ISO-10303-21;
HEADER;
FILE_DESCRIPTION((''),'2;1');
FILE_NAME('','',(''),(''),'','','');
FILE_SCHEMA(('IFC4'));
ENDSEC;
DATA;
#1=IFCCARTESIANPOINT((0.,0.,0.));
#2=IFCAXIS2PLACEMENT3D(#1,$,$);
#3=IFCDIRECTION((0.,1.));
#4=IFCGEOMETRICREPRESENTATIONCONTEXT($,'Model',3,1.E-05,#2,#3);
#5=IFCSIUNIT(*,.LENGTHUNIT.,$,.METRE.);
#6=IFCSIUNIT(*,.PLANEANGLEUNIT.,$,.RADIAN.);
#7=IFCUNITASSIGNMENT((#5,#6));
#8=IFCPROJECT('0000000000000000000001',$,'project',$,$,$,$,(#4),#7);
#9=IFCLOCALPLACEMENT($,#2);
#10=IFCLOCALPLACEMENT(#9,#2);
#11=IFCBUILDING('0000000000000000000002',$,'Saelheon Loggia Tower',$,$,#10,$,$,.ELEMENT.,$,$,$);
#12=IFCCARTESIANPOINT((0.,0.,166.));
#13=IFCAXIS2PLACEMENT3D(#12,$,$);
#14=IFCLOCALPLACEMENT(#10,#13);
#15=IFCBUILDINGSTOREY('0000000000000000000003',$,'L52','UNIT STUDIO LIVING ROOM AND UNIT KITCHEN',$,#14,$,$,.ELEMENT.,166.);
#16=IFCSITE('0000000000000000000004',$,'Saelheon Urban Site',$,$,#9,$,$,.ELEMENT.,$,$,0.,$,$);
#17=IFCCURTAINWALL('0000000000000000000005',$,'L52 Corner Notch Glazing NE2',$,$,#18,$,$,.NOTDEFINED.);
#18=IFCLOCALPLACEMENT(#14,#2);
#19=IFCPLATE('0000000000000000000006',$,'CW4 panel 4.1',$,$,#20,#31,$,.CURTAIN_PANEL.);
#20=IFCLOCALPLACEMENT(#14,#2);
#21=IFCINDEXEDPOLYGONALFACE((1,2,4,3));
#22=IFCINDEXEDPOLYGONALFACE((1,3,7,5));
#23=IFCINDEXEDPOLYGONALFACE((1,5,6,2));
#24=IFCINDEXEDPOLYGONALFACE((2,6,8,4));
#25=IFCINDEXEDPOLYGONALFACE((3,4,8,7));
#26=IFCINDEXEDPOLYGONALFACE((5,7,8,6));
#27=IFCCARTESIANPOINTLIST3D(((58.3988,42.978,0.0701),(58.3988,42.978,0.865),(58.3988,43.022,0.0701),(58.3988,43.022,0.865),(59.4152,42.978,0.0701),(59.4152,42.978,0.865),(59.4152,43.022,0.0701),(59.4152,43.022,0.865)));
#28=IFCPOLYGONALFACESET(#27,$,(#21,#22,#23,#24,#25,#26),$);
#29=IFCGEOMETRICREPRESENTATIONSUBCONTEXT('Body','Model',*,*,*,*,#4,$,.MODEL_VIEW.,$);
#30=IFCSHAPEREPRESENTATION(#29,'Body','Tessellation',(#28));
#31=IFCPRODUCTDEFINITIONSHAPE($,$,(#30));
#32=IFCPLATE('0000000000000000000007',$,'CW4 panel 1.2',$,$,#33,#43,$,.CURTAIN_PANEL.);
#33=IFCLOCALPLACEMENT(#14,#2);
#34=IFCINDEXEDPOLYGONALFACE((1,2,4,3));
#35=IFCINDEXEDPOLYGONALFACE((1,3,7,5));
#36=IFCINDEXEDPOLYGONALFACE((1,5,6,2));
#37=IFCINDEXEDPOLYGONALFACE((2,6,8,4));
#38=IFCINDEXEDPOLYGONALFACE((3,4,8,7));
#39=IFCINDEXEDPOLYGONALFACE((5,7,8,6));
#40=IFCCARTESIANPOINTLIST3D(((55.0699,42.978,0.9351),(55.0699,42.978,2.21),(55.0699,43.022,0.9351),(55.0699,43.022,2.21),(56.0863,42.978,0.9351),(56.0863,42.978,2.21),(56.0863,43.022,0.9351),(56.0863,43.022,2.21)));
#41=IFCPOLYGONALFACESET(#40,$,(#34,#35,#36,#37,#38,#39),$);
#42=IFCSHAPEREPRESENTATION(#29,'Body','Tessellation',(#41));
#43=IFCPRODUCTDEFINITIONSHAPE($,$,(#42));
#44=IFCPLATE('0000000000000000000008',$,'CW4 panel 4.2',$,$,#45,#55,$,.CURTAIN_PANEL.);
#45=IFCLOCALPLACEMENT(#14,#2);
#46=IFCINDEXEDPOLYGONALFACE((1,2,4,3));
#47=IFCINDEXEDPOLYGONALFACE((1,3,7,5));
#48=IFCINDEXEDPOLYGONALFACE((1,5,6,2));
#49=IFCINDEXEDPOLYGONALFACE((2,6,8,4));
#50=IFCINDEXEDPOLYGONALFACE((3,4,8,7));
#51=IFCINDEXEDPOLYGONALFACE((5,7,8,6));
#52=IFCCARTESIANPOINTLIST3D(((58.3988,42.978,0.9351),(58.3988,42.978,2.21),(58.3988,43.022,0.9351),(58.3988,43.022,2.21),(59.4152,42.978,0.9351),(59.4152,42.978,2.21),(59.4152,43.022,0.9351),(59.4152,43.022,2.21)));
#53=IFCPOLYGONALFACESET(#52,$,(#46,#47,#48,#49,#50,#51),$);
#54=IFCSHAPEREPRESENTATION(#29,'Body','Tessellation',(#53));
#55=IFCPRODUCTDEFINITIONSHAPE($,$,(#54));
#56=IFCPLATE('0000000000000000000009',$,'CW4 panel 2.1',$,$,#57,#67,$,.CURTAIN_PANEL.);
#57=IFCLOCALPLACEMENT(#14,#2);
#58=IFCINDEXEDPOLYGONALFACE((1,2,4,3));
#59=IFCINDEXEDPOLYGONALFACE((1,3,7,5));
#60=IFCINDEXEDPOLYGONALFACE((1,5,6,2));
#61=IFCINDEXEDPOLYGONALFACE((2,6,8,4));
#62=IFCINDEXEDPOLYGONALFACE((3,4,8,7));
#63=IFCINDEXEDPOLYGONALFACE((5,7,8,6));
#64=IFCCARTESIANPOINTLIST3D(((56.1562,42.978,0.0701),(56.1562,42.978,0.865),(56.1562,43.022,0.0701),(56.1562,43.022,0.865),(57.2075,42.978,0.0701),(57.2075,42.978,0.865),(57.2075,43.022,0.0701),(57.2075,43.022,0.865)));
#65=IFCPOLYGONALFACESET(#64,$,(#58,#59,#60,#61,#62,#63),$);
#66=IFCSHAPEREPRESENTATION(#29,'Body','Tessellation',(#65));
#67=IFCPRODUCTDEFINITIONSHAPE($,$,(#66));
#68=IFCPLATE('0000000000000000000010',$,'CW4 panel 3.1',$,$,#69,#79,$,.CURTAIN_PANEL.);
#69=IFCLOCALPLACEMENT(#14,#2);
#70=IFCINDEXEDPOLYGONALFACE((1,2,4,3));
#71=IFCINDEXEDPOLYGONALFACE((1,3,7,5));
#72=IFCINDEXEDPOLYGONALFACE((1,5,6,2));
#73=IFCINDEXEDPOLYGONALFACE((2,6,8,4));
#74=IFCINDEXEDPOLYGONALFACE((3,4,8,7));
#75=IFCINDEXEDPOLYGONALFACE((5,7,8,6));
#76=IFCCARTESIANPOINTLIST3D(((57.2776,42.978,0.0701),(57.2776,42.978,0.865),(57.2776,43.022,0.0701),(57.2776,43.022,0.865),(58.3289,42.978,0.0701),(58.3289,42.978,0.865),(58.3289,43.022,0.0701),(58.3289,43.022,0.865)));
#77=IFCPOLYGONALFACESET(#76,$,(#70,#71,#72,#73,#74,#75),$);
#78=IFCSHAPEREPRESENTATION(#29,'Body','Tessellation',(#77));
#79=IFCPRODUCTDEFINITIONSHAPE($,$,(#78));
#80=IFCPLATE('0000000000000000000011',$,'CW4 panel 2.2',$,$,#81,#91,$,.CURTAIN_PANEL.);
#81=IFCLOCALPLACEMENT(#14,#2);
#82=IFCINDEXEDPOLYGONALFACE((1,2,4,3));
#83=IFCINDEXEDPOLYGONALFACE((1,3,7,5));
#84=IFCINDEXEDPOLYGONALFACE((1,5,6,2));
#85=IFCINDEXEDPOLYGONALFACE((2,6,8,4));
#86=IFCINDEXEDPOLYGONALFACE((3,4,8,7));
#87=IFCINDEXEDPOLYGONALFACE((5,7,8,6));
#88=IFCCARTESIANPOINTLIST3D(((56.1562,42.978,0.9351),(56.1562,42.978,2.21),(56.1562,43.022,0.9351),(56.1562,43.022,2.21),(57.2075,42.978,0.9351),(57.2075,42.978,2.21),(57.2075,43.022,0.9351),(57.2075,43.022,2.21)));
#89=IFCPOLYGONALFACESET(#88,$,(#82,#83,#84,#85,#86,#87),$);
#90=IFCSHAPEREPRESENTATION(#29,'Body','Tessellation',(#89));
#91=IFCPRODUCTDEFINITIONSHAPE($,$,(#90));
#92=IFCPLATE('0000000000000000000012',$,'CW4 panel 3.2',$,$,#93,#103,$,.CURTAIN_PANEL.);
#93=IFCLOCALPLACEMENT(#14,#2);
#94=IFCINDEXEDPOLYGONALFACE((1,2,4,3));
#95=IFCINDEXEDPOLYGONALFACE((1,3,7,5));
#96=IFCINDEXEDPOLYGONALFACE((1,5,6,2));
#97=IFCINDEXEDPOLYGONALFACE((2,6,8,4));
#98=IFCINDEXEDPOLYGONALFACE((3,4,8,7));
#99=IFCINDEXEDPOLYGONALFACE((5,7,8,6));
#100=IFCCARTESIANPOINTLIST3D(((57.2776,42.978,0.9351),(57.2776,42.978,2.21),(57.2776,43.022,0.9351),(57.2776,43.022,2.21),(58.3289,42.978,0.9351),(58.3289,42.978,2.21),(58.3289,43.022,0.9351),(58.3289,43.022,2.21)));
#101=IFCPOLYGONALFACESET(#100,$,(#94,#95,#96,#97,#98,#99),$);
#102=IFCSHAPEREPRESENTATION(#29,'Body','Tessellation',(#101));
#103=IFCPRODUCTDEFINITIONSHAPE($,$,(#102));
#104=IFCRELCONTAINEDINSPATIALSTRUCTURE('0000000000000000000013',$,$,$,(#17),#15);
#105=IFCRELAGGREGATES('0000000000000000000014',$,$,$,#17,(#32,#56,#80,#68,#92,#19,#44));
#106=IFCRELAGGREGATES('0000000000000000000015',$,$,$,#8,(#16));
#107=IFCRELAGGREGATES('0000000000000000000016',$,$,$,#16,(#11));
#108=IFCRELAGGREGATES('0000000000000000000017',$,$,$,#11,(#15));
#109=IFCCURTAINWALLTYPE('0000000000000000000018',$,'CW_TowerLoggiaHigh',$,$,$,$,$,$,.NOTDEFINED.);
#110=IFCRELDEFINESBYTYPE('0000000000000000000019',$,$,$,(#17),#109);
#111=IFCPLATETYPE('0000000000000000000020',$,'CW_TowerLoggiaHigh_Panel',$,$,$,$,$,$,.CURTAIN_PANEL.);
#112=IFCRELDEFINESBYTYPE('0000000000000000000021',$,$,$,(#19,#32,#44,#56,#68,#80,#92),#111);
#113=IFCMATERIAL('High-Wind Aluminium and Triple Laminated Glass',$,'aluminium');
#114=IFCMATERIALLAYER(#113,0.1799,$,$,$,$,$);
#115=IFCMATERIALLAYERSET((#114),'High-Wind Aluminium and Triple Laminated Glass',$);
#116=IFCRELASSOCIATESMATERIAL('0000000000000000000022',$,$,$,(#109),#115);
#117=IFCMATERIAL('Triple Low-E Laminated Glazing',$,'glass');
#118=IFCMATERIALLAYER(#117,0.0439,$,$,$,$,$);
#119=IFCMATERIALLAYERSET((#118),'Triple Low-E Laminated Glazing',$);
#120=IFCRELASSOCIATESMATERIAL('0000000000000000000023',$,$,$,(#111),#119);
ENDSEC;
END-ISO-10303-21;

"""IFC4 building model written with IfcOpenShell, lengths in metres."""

from ifc_helpers import new_model, si_unit, direction, frame, origin, origin_2d, place, context, subcontext, project, spatial, rectangle, extrude, source, transform, mapped, material, layer, layer_set, type_object, element, aggregate, save


model = new_model("IFC4")

# Units and contexts
model_context = context("Model", 3, precision=1e-05, world=origin(), true_north=direction((0.0, 1.0)))
body_context = subcontext(model_context, "Body", "Model", "MODEL_VIEW")
ifc_project = project(units=[si_unit("LENGTHUNIT", "METRE"), si_unit("PLANEANGLEUNIT", "RADIAN")], contexts=[model_context])

# Site, building, storey
site_placement = place(None, origin())
site = spatial("IfcSite", under=ifc_project, at=site_placement, Name="Saelheon Urban Site", CompositionType="ELEMENT", RefElevation=0.0)
building_placement = place(site_placement, origin())
building = spatial("IfcBuilding", under=site, at=building_placement, Name="Saelheon Loggia Tower", CompositionType="ELEMENT")
storey_placement = place(building_placement, frame((0.0, 0.0, 166.0)))
storey = spatial("IfcBuildingStorey", under=building, at=storey_placement, Name="L52", Description="UNIT STUDIO LIVING ROOM AND UNIT KITCHEN", CompositionType="ELEMENT", Elevation=166.0)

# Curtain wall, plates
ifc_material_1 = material(Name="High-Wind Aluminium and Triple Laminated Glass", Category="aluminium")
ifc_layer_1 = layer(ifc_material_1, 0.1799)
ifc_layer_set_1 = layer_set([ifc_layer_1], Name="High-Wind Aluminium and Triple Laminated Glass")
curtain_wall_type = type_object("IfcCurtainWallType", Name="CW_TowerLoggiaHigh", PredefinedType="NOTDEFINED", material=ifc_layer_set_1)
curtain_wall_placement = place(storey_placement, origin())
curtain_wall = element("IfcCurtainWall", 1, at=curtain_wall_placement, inside=storey, type_object=curtain_wall_type, Name="L52 Corner Notch Glazing NE2", PredefinedType="NOTDEFINED")
ifc_material_2 = material(Name="Triple Low-E Laminated Glazing", Category="glass")
ifc_layer_2 = layer(ifc_material_2, 0.0439)
ifc_layer_set_2 = layer_set([ifc_layer_2], Name="Triple Low-E Laminated Glazing")
plate_type = type_object("IfcPlateType", Name="CW_TowerLoggiaHigh_Panel", PredefinedType="CURTAIN_PANEL", material=ifc_layer_set_2)
shared_shape_1 = source(origin(), body_context, "Body", "SweptSolid", [
    extrude(rectangle(XDim=1.0164, YDim=0.0439, at=origin_2d()), origin(), (0.0, 0.0, 1.0), 0.7949),
])
plate_1_placement = place(storey_placement, frame((58.907, 43.0, 0.0701), z_axis=(0.0, 0.0, 1.0), x_axis=(1.0, 0.0, 0.0)))
plate_1 = element("IfcPlate", 2, at=plate_1_placement, type_object=plate_type, Name="CW4 panel 4.1", PredefinedType="CURTAIN_PANEL", context=body_context, shape_type="MappedRepresentation", body=[
    mapped(shared_shape_1, transform((0.0, 0.0, 0.0), scale=1.0)),
])
shared_shape_2 = source(origin(), body_context, "Body", "SweptSolid", [
    extrude(rectangle(XDim=1.0164, YDim=0.0439, at=origin_2d()), origin(), (0.0, 0.0, 1.0), 1.2749),
])
plate_2_placement = place(storey_placement, frame((55.5781, 43.0, 0.9351), z_axis=(0.0, 0.0, 1.0), x_axis=(1.0, 0.0, 0.0)))
plate_2 = element("IfcPlate", 3, at=plate_2_placement, type_object=plate_type, Name="CW4 panel 1.2", PredefinedType="CURTAIN_PANEL", context=body_context, shape_type="MappedRepresentation", body=[
    mapped(shared_shape_2, transform((0.0, 0.0, 0.0), scale=1.0)),
])
plate_3_placement = place(storey_placement, frame((58.907, 43.0, 0.9351), z_axis=(0.0, 0.0, 1.0), x_axis=(1.0, 0.0, 0.0)))
plate_3 = element("IfcPlate", 4, at=plate_3_placement, type_object=plate_type, Name="CW4 panel 4.2", PredefinedType="CURTAIN_PANEL", context=body_context, shape_type="MappedRepresentation", body=[
    mapped(shared_shape_2, transform((0.0, 0.0, 0.0), scale=1.0)),
])
shared_shape_3 = source(origin(), body_context, "Body", "SweptSolid", [
    extrude(rectangle(XDim=1.0513, YDim=0.0439, at=origin_2d()), origin(), (0.0, 0.0, 1.0), 0.7949),
])
plate_4_placement = place(storey_placement, frame((56.6819, 43.0, 0.0701), z_axis=(0.0, 0.0, 1.0), x_axis=(1.0, 0.0, 0.0)))
plate_4 = element("IfcPlate", 5, at=plate_4_placement, type_object=plate_type, Name="CW4 panel 2.1", PredefinedType="CURTAIN_PANEL", context=body_context, shape_type="MappedRepresentation", body=[
    mapped(shared_shape_3, transform((0.0, 0.0, 0.0), scale=1.0)),
])
plate_5_placement = place(storey_placement, frame((57.8032, 43.0, 0.0701), z_axis=(0.0, 0.0, 1.0), x_axis=(1.0, 0.0, 0.0)))
plate_5 = element("IfcPlate", 6, at=plate_5_placement, type_object=plate_type, Name="CW4 panel 3.1", PredefinedType="CURTAIN_PANEL", context=body_context, shape_type="MappedRepresentation", body=[
    mapped(shared_shape_3, transform((0.0, 0.0, 0.0), scale=1.0)),
])
shared_shape_4 = source(origin(), body_context, "Body", "SweptSolid", [
    extrude(rectangle(XDim=1.0513, YDim=0.0439, at=origin_2d()), origin(), (0.0, 0.0, 1.0), 1.2749),
])
plate_6_placement = place(storey_placement, frame((56.6819, 43.0, 0.9351), z_axis=(0.0, 0.0, 1.0), x_axis=(1.0, 0.0, 0.0)))
plate_6 = element("IfcPlate", 7, at=plate_6_placement, type_object=plate_type, Name="CW4 panel 2.2", PredefinedType="CURTAIN_PANEL", context=body_context, shape_type="MappedRepresentation", body=[
    mapped(shared_shape_4, transform((0.0, 0.0, 0.0), scale=1.0)),
])
plate_7_placement = place(storey_placement, frame((57.8032, 43.0, 0.9351), z_axis=(0.0, 0.0, 1.0), x_axis=(1.0, 0.0, 0.0)))
plate_7 = element("IfcPlate", 8, at=plate_7_placement, type_object=plate_type, Name="CW4 panel 3.2", PredefinedType="CURTAIN_PANEL", context=body_context, shape_type="MappedRepresentation", body=[
    mapped(shared_shape_4, transform((0.0, 0.0, 0.0), scale=1.0)),
])
aggregate(curtain_wall, [plate_2, plate_4, plate_6, plate_5, plate_7, plate_1, plate_3])

save(model, "model.ifc")
